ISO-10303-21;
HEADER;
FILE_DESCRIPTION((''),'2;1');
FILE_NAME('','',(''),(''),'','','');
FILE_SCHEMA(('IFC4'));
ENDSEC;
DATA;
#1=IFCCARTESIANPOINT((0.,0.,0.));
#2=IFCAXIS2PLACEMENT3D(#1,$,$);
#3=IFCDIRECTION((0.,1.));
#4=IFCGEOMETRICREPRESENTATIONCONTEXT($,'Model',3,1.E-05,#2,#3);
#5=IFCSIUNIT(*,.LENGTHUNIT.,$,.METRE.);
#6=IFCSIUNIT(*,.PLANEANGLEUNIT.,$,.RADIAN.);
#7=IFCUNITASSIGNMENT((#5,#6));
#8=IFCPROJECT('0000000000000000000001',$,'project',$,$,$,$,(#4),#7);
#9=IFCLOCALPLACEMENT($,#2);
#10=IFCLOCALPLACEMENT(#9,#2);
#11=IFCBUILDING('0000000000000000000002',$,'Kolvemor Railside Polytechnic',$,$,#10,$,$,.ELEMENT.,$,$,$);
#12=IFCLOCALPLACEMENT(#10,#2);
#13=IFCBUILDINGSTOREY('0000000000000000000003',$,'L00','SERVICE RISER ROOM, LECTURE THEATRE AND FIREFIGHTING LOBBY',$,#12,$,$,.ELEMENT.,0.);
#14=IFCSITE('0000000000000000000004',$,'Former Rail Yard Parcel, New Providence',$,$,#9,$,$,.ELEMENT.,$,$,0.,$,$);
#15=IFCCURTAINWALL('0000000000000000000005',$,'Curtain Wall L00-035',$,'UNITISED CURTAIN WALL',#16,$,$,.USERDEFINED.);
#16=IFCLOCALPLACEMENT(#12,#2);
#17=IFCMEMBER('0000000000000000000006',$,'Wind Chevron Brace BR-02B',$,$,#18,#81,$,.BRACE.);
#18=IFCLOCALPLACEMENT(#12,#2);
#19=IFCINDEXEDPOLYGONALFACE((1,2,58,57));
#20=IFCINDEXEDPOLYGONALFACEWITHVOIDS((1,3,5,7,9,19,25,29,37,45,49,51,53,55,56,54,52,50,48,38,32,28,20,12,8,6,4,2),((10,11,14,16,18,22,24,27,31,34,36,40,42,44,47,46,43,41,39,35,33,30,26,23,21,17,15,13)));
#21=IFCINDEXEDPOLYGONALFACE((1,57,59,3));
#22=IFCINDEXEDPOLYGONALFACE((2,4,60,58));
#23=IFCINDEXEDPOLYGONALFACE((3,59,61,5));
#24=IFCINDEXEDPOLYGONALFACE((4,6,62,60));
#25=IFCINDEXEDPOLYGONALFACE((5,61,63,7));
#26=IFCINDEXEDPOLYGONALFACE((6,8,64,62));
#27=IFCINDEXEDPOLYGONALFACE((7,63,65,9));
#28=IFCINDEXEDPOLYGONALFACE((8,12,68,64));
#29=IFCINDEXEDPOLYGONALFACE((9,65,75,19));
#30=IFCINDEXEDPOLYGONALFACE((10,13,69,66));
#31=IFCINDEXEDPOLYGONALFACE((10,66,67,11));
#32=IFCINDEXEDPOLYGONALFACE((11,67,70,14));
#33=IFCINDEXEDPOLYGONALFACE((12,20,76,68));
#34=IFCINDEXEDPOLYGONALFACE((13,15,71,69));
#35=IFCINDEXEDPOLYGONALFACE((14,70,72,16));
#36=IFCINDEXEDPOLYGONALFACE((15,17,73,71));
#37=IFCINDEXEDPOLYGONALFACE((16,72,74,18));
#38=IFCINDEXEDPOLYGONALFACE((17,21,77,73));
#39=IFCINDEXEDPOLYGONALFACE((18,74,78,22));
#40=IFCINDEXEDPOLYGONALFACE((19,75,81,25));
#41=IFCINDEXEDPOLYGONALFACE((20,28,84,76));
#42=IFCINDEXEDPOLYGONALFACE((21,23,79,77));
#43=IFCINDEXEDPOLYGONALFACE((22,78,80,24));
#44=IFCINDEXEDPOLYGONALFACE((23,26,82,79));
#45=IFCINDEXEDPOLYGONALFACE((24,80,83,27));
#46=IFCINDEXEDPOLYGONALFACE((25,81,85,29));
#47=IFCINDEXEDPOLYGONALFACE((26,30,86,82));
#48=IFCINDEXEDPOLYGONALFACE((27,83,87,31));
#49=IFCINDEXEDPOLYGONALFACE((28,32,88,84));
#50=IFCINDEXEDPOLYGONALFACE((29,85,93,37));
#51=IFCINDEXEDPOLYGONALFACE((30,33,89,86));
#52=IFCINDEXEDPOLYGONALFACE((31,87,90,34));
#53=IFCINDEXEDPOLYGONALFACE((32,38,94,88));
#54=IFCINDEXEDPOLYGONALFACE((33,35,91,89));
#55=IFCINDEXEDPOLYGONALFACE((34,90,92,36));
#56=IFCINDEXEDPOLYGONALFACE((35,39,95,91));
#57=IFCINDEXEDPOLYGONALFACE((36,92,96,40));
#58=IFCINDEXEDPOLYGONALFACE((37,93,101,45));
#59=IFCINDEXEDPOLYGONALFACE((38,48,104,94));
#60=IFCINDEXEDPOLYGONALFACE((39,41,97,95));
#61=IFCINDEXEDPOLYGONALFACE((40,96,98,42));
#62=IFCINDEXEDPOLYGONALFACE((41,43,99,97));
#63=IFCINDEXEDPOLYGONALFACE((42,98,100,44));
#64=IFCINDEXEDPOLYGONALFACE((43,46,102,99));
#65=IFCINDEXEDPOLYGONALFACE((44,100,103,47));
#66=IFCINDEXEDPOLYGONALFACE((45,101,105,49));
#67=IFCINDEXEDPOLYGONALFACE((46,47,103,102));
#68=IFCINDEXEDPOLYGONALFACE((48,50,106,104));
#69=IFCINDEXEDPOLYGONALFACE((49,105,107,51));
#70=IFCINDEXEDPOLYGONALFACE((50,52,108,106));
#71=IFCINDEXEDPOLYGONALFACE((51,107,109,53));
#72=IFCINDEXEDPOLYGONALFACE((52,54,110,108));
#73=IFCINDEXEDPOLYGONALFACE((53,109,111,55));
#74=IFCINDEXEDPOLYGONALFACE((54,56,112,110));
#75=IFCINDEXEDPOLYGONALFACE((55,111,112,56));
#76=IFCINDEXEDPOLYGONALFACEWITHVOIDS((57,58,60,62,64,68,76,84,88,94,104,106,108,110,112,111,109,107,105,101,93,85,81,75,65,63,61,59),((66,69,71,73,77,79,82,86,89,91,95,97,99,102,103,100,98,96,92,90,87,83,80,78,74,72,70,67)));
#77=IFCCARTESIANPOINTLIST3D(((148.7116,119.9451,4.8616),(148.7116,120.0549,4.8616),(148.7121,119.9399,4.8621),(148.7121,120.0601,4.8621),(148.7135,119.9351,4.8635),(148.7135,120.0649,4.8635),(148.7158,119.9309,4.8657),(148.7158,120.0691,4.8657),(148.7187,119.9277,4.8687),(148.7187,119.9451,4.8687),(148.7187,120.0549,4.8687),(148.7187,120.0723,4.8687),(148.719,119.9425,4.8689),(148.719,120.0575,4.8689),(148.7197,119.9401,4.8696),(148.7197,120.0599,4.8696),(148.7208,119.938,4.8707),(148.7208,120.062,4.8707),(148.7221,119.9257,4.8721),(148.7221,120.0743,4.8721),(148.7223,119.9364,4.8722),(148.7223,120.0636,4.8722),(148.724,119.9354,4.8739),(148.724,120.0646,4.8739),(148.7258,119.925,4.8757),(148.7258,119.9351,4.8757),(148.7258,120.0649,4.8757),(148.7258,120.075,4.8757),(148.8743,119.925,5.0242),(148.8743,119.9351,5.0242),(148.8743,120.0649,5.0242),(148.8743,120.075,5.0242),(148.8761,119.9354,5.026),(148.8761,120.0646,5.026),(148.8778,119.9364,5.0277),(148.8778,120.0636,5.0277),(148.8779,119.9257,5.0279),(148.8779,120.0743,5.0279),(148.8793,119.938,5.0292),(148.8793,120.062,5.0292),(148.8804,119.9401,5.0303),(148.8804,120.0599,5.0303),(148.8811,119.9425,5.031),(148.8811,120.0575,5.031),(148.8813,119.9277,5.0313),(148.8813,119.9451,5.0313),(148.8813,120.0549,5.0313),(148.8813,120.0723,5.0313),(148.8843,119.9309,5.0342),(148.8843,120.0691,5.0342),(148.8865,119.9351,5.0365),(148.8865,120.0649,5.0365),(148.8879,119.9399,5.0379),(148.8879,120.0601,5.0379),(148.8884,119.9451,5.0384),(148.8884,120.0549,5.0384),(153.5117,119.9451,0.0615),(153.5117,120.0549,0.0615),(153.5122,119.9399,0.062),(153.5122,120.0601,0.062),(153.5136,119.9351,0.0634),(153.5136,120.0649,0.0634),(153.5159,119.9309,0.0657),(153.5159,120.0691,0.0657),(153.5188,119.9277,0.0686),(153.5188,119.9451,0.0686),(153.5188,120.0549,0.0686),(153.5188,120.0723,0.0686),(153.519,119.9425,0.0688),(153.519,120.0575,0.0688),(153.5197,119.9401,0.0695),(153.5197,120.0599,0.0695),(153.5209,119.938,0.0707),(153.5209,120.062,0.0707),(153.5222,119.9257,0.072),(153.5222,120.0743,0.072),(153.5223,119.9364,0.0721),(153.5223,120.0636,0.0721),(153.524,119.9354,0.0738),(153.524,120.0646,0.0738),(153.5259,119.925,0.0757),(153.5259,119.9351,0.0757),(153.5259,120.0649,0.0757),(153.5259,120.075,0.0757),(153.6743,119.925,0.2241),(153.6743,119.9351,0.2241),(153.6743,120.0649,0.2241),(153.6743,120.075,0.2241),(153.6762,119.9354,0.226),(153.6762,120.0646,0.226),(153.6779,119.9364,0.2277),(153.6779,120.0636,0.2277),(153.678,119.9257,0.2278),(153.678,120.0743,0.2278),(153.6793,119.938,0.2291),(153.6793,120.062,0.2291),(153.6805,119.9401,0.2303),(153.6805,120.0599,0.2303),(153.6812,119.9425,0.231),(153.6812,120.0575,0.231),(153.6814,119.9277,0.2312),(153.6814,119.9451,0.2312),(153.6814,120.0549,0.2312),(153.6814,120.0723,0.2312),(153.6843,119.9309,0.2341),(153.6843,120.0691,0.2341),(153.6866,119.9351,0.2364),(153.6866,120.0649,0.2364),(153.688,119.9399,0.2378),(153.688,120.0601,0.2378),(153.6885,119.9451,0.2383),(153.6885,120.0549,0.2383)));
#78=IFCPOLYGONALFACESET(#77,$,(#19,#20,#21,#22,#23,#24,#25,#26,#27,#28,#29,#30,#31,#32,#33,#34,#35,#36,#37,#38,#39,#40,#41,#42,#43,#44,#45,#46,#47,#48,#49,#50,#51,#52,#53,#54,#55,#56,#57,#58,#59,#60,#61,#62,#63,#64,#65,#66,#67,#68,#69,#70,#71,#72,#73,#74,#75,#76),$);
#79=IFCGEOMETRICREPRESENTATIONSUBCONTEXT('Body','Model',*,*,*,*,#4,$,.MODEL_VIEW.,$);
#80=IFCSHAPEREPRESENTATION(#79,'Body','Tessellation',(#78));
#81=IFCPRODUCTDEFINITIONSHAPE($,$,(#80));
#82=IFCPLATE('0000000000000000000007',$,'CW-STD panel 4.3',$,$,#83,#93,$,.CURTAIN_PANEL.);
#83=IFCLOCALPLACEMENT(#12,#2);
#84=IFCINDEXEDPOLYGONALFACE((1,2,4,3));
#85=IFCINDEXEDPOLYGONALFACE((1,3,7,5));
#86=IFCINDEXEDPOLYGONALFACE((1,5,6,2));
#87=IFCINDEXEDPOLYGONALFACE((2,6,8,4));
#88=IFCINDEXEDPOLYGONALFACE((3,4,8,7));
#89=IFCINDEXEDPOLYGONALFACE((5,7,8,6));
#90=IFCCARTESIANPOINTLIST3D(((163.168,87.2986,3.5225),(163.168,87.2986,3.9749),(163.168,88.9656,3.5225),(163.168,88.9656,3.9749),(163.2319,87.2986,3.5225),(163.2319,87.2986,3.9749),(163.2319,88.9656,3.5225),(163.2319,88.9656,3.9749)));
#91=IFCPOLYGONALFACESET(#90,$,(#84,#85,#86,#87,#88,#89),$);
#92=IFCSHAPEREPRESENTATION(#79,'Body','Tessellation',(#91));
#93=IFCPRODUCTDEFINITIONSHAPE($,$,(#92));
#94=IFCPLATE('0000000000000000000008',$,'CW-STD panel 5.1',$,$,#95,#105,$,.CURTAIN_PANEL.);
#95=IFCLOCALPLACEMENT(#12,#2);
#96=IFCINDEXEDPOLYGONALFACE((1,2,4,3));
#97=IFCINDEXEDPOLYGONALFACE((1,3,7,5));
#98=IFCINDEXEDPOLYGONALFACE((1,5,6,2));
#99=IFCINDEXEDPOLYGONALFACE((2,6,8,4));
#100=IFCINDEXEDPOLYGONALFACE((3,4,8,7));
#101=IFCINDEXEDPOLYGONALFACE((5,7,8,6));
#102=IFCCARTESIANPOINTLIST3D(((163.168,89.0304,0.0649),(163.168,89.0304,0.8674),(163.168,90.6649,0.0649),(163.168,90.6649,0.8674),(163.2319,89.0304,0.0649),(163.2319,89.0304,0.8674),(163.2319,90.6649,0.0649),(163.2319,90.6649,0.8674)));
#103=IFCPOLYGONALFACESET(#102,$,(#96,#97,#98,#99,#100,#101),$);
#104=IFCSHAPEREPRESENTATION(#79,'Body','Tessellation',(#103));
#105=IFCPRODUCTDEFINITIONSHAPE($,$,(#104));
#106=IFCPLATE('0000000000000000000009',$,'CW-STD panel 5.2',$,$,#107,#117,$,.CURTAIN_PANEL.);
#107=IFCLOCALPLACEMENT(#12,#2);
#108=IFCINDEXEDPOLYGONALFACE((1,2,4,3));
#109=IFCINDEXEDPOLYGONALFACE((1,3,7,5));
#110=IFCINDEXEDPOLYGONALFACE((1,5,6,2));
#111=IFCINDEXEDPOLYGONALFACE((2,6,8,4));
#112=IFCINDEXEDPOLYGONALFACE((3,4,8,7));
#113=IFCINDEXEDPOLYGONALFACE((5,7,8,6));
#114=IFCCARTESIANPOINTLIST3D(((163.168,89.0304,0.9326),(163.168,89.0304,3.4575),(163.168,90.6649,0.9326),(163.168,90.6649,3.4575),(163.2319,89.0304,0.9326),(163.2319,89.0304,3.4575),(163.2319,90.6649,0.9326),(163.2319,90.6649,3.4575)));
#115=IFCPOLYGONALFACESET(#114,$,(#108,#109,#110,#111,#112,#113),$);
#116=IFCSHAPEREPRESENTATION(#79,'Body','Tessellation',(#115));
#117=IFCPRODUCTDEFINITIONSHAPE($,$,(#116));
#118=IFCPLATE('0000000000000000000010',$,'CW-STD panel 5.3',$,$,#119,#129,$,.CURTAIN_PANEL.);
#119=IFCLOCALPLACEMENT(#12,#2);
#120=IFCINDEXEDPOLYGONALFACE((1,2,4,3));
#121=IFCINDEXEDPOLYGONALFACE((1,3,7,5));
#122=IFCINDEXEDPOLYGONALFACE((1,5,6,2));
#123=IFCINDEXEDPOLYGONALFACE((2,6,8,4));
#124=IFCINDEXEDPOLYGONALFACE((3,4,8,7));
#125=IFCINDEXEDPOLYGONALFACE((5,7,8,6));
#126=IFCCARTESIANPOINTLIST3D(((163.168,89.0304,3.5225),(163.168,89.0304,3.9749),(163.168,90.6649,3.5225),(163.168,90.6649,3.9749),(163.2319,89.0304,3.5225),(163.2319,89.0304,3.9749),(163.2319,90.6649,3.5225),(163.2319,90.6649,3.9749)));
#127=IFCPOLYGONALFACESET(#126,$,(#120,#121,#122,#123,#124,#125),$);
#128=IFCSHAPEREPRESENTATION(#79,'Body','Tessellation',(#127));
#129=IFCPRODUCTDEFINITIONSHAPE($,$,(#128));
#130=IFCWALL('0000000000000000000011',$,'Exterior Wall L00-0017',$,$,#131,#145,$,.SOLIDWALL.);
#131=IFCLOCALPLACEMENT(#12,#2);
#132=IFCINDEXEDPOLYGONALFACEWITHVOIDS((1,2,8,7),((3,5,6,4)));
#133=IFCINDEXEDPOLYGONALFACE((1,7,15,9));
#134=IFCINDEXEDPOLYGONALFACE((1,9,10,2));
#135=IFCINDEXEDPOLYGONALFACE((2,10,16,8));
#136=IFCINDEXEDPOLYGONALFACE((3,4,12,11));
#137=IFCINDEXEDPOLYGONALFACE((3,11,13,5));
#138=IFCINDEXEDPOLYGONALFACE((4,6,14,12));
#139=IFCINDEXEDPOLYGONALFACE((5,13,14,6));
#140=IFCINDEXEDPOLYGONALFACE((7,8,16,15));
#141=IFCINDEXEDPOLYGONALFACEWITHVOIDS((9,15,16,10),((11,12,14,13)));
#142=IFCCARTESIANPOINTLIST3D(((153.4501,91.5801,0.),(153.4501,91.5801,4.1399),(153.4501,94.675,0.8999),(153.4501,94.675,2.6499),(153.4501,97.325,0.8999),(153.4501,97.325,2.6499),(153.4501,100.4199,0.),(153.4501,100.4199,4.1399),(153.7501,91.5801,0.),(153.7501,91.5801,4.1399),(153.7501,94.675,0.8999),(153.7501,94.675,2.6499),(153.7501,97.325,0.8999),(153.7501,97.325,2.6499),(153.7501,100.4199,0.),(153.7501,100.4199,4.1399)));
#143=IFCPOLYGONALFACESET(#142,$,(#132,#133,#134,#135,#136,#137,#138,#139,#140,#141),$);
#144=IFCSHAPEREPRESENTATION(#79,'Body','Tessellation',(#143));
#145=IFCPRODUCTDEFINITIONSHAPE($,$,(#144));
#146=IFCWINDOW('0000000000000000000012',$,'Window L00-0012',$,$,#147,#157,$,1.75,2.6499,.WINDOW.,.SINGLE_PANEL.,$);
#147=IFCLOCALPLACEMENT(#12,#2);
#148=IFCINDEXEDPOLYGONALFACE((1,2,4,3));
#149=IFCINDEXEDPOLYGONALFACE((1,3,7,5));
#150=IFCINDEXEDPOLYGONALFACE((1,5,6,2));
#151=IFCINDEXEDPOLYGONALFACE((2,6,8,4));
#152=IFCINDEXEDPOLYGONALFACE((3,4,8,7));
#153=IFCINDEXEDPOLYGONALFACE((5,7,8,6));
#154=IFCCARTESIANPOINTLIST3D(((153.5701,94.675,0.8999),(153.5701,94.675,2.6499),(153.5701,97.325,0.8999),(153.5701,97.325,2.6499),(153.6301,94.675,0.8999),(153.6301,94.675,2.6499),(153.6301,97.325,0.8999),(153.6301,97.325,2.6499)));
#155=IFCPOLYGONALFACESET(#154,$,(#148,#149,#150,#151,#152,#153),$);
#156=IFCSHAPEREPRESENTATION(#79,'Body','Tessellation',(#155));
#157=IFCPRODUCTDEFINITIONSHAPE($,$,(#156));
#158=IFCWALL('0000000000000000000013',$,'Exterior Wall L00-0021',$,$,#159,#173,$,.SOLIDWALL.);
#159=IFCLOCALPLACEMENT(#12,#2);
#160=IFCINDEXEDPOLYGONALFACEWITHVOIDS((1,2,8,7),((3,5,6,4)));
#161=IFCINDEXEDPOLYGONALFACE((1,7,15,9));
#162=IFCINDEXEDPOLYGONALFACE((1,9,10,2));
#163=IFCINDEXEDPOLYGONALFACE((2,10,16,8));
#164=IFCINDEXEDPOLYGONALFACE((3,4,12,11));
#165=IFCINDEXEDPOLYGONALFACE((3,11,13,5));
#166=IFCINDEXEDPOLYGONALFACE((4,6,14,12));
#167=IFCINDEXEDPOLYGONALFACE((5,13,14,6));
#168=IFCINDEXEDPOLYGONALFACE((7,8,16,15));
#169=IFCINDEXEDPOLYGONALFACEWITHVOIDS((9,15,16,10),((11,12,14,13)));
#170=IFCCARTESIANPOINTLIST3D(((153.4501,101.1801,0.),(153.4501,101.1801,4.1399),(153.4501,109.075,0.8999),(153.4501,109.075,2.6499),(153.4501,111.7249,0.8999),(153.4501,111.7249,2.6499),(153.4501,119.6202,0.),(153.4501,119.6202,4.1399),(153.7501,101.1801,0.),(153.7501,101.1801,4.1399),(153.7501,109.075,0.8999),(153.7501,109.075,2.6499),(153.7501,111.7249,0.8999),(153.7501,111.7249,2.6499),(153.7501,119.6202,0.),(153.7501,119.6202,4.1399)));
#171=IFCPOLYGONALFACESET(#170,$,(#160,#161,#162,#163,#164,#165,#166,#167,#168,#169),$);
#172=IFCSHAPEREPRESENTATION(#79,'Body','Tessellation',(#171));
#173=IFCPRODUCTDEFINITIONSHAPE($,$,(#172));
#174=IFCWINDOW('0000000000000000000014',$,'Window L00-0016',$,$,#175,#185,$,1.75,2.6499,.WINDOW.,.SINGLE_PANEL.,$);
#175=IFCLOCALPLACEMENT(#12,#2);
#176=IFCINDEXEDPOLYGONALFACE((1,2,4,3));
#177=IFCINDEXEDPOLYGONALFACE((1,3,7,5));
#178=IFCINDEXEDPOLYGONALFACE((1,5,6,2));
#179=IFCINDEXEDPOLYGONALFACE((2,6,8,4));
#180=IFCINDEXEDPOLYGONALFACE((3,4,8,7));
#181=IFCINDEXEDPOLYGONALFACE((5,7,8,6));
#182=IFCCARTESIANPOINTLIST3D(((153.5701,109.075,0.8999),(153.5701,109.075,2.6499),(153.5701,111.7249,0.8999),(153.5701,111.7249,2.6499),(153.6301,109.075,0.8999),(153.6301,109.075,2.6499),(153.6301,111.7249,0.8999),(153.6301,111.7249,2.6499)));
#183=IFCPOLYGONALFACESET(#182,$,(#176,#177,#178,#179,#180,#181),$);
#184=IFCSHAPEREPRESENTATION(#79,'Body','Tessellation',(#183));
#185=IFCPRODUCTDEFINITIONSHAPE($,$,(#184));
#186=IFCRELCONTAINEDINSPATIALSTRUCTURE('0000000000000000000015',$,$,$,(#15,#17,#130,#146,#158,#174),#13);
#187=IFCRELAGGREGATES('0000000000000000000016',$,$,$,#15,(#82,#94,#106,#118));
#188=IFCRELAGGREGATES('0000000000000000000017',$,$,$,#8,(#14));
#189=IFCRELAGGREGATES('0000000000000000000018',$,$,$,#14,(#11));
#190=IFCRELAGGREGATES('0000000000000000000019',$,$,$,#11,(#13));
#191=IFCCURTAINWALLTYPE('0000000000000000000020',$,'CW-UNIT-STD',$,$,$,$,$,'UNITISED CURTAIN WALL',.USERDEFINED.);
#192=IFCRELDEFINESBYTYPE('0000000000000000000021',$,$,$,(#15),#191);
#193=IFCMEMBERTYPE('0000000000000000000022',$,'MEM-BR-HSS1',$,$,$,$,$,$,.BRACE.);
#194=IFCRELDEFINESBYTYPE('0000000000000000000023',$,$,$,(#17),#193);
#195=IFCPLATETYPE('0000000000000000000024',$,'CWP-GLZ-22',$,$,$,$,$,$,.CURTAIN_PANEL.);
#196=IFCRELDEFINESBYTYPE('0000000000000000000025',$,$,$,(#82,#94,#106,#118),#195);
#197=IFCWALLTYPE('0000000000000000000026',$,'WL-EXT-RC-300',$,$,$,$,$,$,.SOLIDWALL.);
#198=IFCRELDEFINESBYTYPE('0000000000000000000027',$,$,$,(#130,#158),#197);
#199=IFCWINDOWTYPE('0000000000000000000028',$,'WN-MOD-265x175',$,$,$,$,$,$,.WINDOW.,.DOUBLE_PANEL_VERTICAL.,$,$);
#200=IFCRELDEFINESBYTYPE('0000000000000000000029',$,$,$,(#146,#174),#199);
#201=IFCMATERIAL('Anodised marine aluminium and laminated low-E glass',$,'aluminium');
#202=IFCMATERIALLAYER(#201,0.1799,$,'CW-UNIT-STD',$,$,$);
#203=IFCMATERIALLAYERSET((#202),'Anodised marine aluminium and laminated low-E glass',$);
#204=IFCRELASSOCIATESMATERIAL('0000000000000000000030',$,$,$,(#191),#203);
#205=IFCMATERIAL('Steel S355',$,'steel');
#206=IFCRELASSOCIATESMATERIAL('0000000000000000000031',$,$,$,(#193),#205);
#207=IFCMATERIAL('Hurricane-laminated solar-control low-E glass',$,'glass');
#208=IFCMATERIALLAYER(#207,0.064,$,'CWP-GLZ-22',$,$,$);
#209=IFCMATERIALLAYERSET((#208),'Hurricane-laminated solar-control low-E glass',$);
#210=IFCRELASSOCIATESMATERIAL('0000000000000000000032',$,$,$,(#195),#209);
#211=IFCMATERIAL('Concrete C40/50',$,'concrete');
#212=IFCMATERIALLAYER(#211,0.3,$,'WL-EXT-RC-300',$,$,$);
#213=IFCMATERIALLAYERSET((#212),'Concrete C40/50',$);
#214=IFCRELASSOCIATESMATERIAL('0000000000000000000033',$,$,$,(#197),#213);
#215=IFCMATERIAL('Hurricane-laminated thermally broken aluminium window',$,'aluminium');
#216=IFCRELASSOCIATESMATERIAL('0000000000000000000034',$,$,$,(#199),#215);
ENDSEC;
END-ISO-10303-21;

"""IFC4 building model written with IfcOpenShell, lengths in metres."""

from ifc_helpers import new_model, si_unit, direction, frame, frame_2d, origin, origin_2d, place, context, subcontext, project, spatial, rectangle, hollow_rectangle, extrude, material, layer, layer_set, material_profile, profile_set, type_object, element, fill, aggregate, save


model = new_model("IFC4")

# Units and contexts
model_context = context("Model", 3, precision=1e-05, world=origin(), true_north=direction((0.0, 1.0)))
body_context = subcontext(model_context, "Body", "Model", "MODEL_VIEW")
ifc_project = project(units=[si_unit("LENGTHUNIT", "METRE"), si_unit("PLANEANGLEUNIT", "RADIAN")], contexts=[model_context])

# Site, building, storey
site_placement = place(None, origin())
site = spatial("IfcSite", under=ifc_project, at=site_placement, Name="Former Rail Yard Parcel, New Providence", CompositionType="ELEMENT", RefElevation=0.0)
building_placement = place(site_placement, origin())
building = spatial("IfcBuilding", under=site, at=building_placement, Name="Kolvemor Railside Polytechnic", CompositionType="ELEMENT")
storey_placement = place(building_placement, origin())
storey = spatial("IfcBuildingStorey", under=building, at=storey_placement, Name="L00", Description="SERVICE RISER ROOM, LECTURE THEATRE AND FIREFIGHTING LOBBY", CompositionType="ELEMENT", Elevation=0.0)

# Curtain wall
ifc_material_1 = material(Name="Anodised marine aluminium and laminated low-E glass", Category="aluminium")
ifc_layer_1 = layer(ifc_material_1, 0.1799, Name="CW-UNIT-STD")
ifc_layer_set_1 = layer_set([ifc_layer_1], Name="Anodised marine aluminium and laminated low-E glass")
curtain_wall_type = type_object("IfcCurtainWallType", Name="CW-UNIT-STD", ElementType="UNITISED CURTAIN WALL", PredefinedType="USERDEFINED", material=ifc_layer_set_1)
curtain_wall_placement = place(storey_placement, origin())
curtain_wall = element("IfcCurtainWall", 1, at=curtain_wall_placement, inside=storey, type_object=curtain_wall_type, Name="Curtain Wall L00-035", ObjectType="UNITISED CURTAIN WALL", PredefinedType="USERDEFINED")

# Member
ifc_material_2 = material(Name="Steel S355", Category="steel")
ifc_material_profile_1 = material_profile(ifc_material_2, hollow_rectangle(XDim=0.1499, YDim=0.25, WallThickness=0.01, InnerFilletRadius=0.01, OuterFilletRadius=0.02, at=origin_2d()), Name="HSS250x150x10")
ifc_profile_set_1 = profile_set([ifc_material_profile_1], Name="Steel S355")
member_type_1 = type_object("IfcMemberType", Name="MEM-BR-HSS1", PredefinedType="BRACE", material=ifc_profile_set_1)
member_1_placement = place(storey_placement, frame((153.6001, 120.0, 0.1499), z_axis=(-0.707107, 0.0, 0.707107), x_axis=(0.0, -1.0, 0.0)))
element("IfcMember", 2, at=member_1_placement, inside=storey, type_object=member_type_1, Name="Wind Chevron Brace BR-02B", PredefinedType="BRACE", context=body_context, shape_type="SweptSolid", body=[
    extrude(hollow_rectangle(XDim=0.1499, YDim=0.25, WallThickness=0.01, InnerFilletRadius=0.01, OuterFilletRadius=0.02, at=origin_2d()), origin(), (0.0, 0.0, 1.0), 6.7883),
])

# Plates
ifc_material_3 = material(Name="Hurricane-laminated solar-control low-E glass", Category="glass")
ifc_layer_2 = layer(ifc_material_3, 0.064, Name="CWP-GLZ-22")
ifc_layer_set_2 = layer_set([ifc_layer_2], Name="Hurricane-laminated solar-control low-E glass")
plate_type = type_object("IfcPlateType", Name="CWP-GLZ-22", PredefinedType="CURTAIN_PANEL", material=ifc_layer_set_2)
plate_1_placement = place(storey_placement, frame((163.2, 88.1321, 3.5225), z_axis=(0.0, 0.0, 1.0), x_axis=(0.0, 1.0, 0.0)))
plate_1 = element("IfcPlate", 3, at=plate_1_placement, type_object=plate_type, Name="CW-STD panel 4.3", PredefinedType="CURTAIN_PANEL", context=body_context, shape_type="SweptSolid", body=[
    extrude(rectangle(XDim=1.667, YDim=0.064, at=origin_2d()), origin(), (0.0, 0.0, 1.0), 0.4524),
])
plate_2_placement = place(storey_placement, frame((163.2, 89.8477, 0.0649), z_axis=(0.0, 0.0, 1.0), x_axis=(0.0, 1.0, 0.0)))
plate_2 = element("IfcPlate", 4, at=plate_2_placement, type_object=plate_type, Name="CW-STD panel 5.1", PredefinedType="CURTAIN_PANEL", context=body_context, shape_type="SweptSolid", body=[
    extrude(rectangle(XDim=1.6345, YDim=0.064, at=origin_2d()), origin(), (0.0, 0.0, 1.0), 0.8025),
])
plate_3_placement = place(storey_placement, frame((163.2, 89.8477, 0.9326), z_axis=(0.0, 0.0, 1.0), x_axis=(0.0, 1.0, 0.0)))
plate_3 = element("IfcPlate", 5, at=plate_3_placement, type_object=plate_type, Name="CW-STD panel 5.2", PredefinedType="CURTAIN_PANEL", context=body_context, shape_type="SweptSolid", body=[
    extrude(rectangle(XDim=1.6345, YDim=0.064, at=origin_2d()), origin(), (0.0, 0.0, 1.0), 2.5249),
])
plate_4_placement = place(storey_placement, frame((163.2, 89.8477, 3.5225), z_axis=(0.0, 0.0, 1.0), x_axis=(0.0, 1.0, 0.0)))
plate_4 = element("IfcPlate", 6, at=plate_4_placement, type_object=plate_type, Name="CW-STD panel 5.3", PredefinedType="CURTAIN_PANEL", context=body_context, shape_type="SweptSolid", body=[
    extrude(rectangle(XDim=1.6345, YDim=0.064, at=origin_2d()), origin(), (0.0, 0.0, 1.0), 0.4524),
])
aggregate(curtain_wall, [plate_1, plate_2, plate_3, plate_4])

# Walls, openings, windows
ifc_material_4 = material(Name="Concrete C40/50", Category="concrete")
ifc_layer_3 = layer(ifc_material_4, 0.3, Name="WL-EXT-RC-300")
ifc_layer_set_3 = layer_set([ifc_layer_3], Name="Concrete C40/50")
wall_type = type_object("IfcWallType", Name="WL-EXT-RC-300", PredefinedType="SOLIDWALL", material=ifc_layer_set_3)
wall_1_placement = place(storey_placement, frame((153.6001, 91.5801, 0.0), z_axis=(0.0, 0.0, 1.0), x_axis=(0.0, 1.0, 0.0)))
wall_1 = element("IfcWall", 7, at=wall_1_placement, inside=storey, type_object=wall_type, Name="Exterior Wall L00-0017", PredefinedType="SOLIDWALL", context=body_context, shape_type="SweptSolid", body=[
    extrude(rectangle(XDim=8.8398, YDim=0.3, at=frame_2d((4.4199, 0.0))), origin(), (0.0, 0.0, 1.0), 4.1399),
])
opening_1_placement = place(wall_1_placement, frame((3.095, 0.0, 0.8999)))
opening_1 = element("IfcOpeningElement", 8, at=opening_1_placement, cuts=wall_1, PredefinedType="OPENING", context=body_context, shape_type="SweptSolid", body=[
    extrude(rectangle(XDim=2.6499, YDim=1.75, at=frame_2d((1.325, 0.875))), frame((0.0, 0.1599, 0.0), z_axis=(0.0, -1.0, 0.0), x_axis=(1.0, 0.0, 0.0)), (0.0, 0.0, 1.0), 0.3201),
])
ifc_material_5 = material(Name="Hurricane-laminated thermally broken aluminium window", Category="aluminium")
window_type = type_object("IfcWindowType", Name="WN-MOD-265x175", PartitioningType="DOUBLE_PANEL_VERTICAL", PredefinedType="WINDOW", material=ifc_material_5)
window_1_placement = place(opening_1_placement, origin())
window_1 = element("IfcWindow", 9, at=window_1_placement, inside=storey, type_object=window_type, Name="Window L00-0012", OverallHeight=1.75, OverallWidth=2.6499, PartitioningType="SINGLE_PANEL", PredefinedType="WINDOW", context=body_context, shape_type="SweptSolid", body=[
    extrude(rectangle(XDim=2.6499, YDim=1.75, at=frame_2d((1.325, 0.875))), frame((0.0, 0.03, 0.0), z_axis=(0.0, -1.0, 0.0), x_axis=(1.0, 0.0, 0.0)), (0.0, 0.0, 1.0), 0.0601),
])
fill(opening_1, window_1)
wall_2_placement = place(storey_placement, frame((153.6001, 101.1799, 0.0), z_axis=(0.0, 0.0, 1.0), x_axis=(0.0, 1.0, 0.0)))
wall_2 = element("IfcWall", 10, at=wall_2_placement, inside=storey, type_object=wall_type, Name="Exterior Wall L00-0021", PredefinedType="SOLIDWALL", context=body_context, shape_type="SweptSolid", body=[
    extrude(rectangle(XDim=18.4402, YDim=0.3, at=frame_2d((9.2202, 0.0))), origin(), (0.0, 0.0, 1.0), 4.1399),
])
opening_2_placement = place(wall_2_placement, frame((7.895, 0.0, 0.8999)))
opening_2 = element("IfcOpeningElement", 11, at=opening_2_placement, cuts=wall_2, PredefinedType="OPENING", context=body_context, shape_type="SweptSolid", body=[
    extrude(rectangle(XDim=2.6499, YDim=1.75, at=frame_2d((1.325, 0.875))), frame((0.0, 0.1599, 0.0), z_axis=(0.0, -1.0, 0.0), x_axis=(1.0, 0.0, 0.0)), (0.0, 0.0, 1.0), 0.3201),
])
window_2_placement = place(opening_2_placement, origin())
window_2 = element("IfcWindow", 12, at=window_2_placement, inside=storey, type_object=window_type, Name="Window L00-0016", OverallHeight=1.75, OverallWidth=2.6499, PartitioningType="SINGLE_PANEL", PredefinedType="WINDOW", context=body_context, shape_type="SweptSolid", body=[
    extrude(rectangle(XDim=2.6499, YDim=1.75, at=frame_2d((1.325, 0.875))), frame((0.0, 0.03, 0.0), z_axis=(0.0, -1.0, 0.0), x_axis=(1.0, 0.0, 0.0)), (0.0, 0.0, 1.0), 0.0601),
])
fill(opening_2, window_2)

save(model, "model.ifc")
